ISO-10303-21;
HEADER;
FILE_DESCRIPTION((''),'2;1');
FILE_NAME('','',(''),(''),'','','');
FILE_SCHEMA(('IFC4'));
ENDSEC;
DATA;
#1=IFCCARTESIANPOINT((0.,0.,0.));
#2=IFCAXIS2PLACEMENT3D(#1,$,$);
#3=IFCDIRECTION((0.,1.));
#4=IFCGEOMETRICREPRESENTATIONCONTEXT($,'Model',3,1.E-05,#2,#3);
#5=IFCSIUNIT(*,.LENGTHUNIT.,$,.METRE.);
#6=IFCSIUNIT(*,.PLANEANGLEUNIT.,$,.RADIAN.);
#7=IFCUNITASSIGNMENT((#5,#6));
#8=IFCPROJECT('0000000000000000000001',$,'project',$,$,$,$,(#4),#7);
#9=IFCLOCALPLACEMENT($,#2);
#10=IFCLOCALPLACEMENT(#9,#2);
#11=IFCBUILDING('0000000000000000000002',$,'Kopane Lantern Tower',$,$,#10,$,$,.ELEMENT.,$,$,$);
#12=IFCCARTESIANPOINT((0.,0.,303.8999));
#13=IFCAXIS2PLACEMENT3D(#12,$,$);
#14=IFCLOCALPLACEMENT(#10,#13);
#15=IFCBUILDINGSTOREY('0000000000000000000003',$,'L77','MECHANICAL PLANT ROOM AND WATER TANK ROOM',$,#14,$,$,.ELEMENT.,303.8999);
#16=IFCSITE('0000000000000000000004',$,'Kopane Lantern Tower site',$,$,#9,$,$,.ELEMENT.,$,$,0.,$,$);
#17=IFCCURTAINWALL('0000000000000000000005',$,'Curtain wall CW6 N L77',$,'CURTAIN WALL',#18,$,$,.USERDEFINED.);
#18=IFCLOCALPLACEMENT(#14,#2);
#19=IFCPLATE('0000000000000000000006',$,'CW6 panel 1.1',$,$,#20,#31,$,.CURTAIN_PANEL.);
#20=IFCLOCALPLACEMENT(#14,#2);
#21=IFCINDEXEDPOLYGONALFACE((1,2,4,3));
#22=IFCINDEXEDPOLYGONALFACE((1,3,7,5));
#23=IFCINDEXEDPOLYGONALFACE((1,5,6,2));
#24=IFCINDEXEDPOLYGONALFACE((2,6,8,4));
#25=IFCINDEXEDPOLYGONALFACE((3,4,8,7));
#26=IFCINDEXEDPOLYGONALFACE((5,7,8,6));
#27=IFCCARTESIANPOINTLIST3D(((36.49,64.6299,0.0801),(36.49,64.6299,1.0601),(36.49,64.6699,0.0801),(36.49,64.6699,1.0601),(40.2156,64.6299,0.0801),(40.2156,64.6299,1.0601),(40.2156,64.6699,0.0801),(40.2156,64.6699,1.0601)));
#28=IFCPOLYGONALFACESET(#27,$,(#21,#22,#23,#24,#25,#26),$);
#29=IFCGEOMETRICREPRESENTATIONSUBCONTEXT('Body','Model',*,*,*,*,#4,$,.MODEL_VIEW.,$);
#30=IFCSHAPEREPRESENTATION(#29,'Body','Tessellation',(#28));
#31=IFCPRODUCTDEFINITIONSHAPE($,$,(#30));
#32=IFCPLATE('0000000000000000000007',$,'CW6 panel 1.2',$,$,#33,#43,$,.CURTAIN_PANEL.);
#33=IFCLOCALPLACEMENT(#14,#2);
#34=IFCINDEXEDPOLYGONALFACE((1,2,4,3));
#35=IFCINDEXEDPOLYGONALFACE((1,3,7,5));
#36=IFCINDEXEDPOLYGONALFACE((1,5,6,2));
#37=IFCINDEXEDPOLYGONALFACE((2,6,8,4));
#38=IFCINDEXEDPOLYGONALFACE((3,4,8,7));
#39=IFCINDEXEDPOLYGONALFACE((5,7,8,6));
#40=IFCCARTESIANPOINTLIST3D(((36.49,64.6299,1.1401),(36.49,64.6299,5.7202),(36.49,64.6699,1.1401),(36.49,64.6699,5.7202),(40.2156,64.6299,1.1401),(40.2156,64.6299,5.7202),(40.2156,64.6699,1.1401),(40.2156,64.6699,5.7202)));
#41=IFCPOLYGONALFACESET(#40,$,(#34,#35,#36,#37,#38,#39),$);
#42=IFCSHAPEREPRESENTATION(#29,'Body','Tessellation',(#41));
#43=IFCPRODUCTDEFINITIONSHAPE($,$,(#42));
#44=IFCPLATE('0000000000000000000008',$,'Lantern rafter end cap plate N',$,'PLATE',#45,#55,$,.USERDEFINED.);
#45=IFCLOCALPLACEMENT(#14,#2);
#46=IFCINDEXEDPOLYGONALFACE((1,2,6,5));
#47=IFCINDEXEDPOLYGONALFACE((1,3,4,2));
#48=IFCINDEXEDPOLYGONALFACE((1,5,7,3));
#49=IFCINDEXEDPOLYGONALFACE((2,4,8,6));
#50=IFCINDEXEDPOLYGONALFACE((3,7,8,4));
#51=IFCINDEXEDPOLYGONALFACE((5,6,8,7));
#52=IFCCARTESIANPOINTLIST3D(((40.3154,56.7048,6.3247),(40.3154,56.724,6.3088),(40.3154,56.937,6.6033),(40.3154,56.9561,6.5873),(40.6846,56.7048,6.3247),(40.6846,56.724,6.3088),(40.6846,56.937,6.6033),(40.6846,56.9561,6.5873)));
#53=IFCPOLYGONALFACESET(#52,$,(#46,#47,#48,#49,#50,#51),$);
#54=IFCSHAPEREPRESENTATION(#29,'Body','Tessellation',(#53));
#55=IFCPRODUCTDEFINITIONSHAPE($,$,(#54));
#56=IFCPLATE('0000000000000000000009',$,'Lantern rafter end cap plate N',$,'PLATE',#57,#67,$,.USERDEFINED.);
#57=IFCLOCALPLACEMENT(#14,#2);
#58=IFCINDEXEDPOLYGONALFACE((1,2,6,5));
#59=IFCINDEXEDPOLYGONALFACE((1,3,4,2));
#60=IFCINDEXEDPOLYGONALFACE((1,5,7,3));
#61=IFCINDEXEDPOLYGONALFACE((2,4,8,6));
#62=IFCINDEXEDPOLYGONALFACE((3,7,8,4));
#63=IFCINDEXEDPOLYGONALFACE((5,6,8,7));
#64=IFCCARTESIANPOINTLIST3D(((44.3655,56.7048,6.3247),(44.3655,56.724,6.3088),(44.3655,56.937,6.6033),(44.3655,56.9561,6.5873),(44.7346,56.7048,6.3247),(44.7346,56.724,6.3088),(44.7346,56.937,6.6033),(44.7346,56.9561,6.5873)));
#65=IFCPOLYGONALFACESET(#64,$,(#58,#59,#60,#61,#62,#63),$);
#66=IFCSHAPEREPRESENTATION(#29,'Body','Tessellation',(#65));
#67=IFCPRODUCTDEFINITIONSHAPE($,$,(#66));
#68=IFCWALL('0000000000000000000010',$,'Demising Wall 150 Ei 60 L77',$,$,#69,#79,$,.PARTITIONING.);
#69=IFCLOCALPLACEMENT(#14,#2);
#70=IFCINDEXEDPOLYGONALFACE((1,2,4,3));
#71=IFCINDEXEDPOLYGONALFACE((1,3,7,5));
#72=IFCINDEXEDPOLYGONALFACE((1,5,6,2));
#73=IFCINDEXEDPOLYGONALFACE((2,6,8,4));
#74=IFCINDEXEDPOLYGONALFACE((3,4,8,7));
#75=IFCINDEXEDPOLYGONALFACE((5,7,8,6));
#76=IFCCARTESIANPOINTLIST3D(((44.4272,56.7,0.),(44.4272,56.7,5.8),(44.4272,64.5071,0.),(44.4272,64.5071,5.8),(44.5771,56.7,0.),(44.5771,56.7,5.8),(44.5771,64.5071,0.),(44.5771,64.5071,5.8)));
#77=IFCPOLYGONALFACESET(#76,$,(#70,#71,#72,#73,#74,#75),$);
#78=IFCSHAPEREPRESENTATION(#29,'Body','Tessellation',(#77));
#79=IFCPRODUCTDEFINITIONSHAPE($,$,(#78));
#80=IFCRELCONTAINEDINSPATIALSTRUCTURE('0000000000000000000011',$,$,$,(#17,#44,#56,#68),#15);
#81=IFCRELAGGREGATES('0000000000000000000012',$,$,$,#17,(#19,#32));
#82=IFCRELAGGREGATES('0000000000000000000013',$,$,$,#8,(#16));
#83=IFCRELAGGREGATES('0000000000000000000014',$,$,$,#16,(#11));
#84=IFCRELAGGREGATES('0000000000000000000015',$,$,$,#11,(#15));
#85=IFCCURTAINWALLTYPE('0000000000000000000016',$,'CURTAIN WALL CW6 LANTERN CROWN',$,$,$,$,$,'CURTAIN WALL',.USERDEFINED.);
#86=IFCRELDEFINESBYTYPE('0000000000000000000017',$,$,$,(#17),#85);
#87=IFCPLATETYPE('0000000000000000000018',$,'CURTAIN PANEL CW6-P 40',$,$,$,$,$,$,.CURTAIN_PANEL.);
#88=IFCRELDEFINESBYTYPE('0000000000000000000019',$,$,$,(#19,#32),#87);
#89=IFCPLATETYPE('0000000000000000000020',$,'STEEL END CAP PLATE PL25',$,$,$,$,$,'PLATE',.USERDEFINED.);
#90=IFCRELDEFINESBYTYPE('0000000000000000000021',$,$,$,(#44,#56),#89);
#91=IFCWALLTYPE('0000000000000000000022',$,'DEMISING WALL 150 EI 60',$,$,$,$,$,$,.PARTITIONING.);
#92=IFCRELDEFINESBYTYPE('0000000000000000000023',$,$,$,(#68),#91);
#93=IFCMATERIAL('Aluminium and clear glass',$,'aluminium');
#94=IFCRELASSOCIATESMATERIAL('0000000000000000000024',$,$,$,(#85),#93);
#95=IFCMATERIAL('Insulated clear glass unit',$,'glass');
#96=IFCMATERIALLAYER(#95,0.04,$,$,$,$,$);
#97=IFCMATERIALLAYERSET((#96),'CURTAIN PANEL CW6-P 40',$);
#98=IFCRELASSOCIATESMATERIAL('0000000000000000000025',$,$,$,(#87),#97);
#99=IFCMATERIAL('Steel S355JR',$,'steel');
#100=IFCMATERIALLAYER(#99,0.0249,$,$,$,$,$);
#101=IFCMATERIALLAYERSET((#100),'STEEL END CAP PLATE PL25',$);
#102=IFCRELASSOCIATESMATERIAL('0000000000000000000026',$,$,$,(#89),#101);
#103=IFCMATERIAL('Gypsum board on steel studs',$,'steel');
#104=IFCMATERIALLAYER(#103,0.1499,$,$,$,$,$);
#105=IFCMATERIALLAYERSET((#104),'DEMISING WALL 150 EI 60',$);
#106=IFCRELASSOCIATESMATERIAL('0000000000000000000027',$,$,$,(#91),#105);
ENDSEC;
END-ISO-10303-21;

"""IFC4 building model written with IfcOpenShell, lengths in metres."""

from ifc_helpers import new_model, si_unit, direction, frame, frame_2d, origin, origin_2d, place, context, subcontext, project, spatial, polyline, rectangle, outline, extrude, material, layer, layer_set, type_object, element, aggregate, save


model = new_model("IFC4")

# Units and contexts
model_context = context("Model", 3, precision=1e-05, world=origin(), true_north=direction((0.0, 1.0)))
body_context = subcontext(model_context, "Body", "Model", "MODEL_VIEW")
ifc_project = project(units=[si_unit("LENGTHUNIT", "METRE"), si_unit("PLANEANGLEUNIT", "RADIAN")], contexts=[model_context])

# Site, building, storey
site_placement = place(None, origin())
site = spatial("IfcSite", under=ifc_project, at=site_placement, Name="Kopane Lantern Tower site", CompositionType="ELEMENT", RefElevation=0.0)
building_placement = place(site_placement, origin())
building = spatial("IfcBuilding", under=site, at=building_placement, Name="Kopane Lantern Tower", CompositionType="ELEMENT")
storey_placement = place(building_placement, frame((0.0, 0.0, 303.8999)))
storey = spatial("IfcBuildingStorey", under=building, at=storey_placement, Name="L77", Description="MECHANICAL PLANT ROOM AND WATER TANK ROOM", CompositionType="ELEMENT", Elevation=303.8999)

# Curtain wall
ifc_material_1 = material(Name="Aluminium and clear glass", Category="aluminium")
curtain_wall_type = type_object("IfcCurtainWallType", Name="CURTAIN WALL CW6 LANTERN CROWN", ElementType="CURTAIN WALL", PredefinedType="USERDEFINED", material=ifc_material_1)
curtain_wall_1_placement = place(storey_placement, origin())
curtain_wall_1 = element("IfcCurtainWall", 1, at=curtain_wall_1_placement, inside=storey, type_object=curtain_wall_type, Name="Curtain wall CW6 N L77", ObjectType="CURTAIN WALL", PredefinedType="USERDEFINED")

# Plates
ifc_material_2 = material(Name="Insulated clear glass unit", Category="glass")
ifc_layer_1 = layer(ifc_material_2, 0.04)
ifc_layer_set_1 = layer_set([ifc_layer_1], Name="CURTAIN PANEL CW6-P 40")
plate_type_1 = type_object("IfcPlateType", Name="CURTAIN PANEL CW6-P 40", PredefinedType="CURTAIN_PANEL", material=ifc_layer_set_1)
plate_1_placement = place(storey_placement, frame((38.3528, 64.6499, 0.0801), z_axis=(0.0, 0.0, 1.0), x_axis=(-1.0, 0.0, 0.0)))
plate_1 = element("IfcPlate", 2, at=plate_1_placement, type_object=plate_type_1, Name="CW6 panel 1.1", PredefinedType="CURTAIN_PANEL", context=body_context, shape_type="SweptSolid", body=[
    extrude(rectangle(XDim=3.7256, YDim=0.04, at=origin_2d()), origin(), (0.0, 0.0, 1.0), 0.98),
])
plate_2_placement = place(storey_placement, frame((38.3528, 64.6499, 1.1401), z_axis=(0.0, 0.0, 1.0), x_axis=(-1.0, 0.0, 0.0)))
plate_2 = element("IfcPlate", 3, at=plate_2_placement, type_object=plate_type_1, Name="CW6 panel 1.2", PredefinedType="CURTAIN_PANEL", context=body_context, shape_type="SweptSolid", body=[
    extrude(rectangle(XDim=3.7256, YDim=0.04, at=origin_2d()), origin(), (0.0, 0.0, 1.0), 4.5801),
])
aggregate(curtain_wall_1, [plate_1, plate_2])

# Plates
ifc_material_3 = material(Name="Steel S355JR", Category="steel")
ifc_layer_2 = layer(ifc_material_3, 0.0249)
ifc_layer_set_2 = layer_set([ifc_layer_2], Name="STEEL END CAP PLATE PL25")
plate_type_2 = type_object("IfcPlateType", Name="STEEL END CAP PLATE PL25", ElementType="PLATE", PredefinedType="USERDEFINED", material=ifc_layer_set_2)
for number, where, z_axis, x_axis, name in (
    (4, (40.3154, 56.7048, 6.3247), (0.0, -0.768166, 0.640251), (1.0, 0.0, 0.0), "Lantern rafter end cap plate N"),
    (5, (44.3655, 56.7048, 6.3247), (0.0, -0.768166, 0.640251), (1.0, 0.0, 0.0), "Lantern rafter end cap plate N"),
):
    element("IfcPlate", number, at=place(storey_placement, frame(where, z_axis=z_axis, x_axis=x_axis)), inside=storey, type_object=plate_type_2, Name=name, ObjectType="PLATE", PredefinedType="USERDEFINED", context=body_context, shape_type="SweptSolid", body=[
        extrude(outline(polyline([(0.0, 0.0), (0.3691, 0.0), (0.3691, 0.3626), (0.0, 0.3626), (0.0, 0.0)])), origin(), (0.0, 0.0, -1.0), 0.0249),
    ])

# Wall
ifc_material_4 = material(Name="Gypsum board on steel studs", Category="steel")
ifc_layer_3 = layer(ifc_material_4, 0.1499)
ifc_layer_set_3 = layer_set([ifc_layer_3], Name="DEMISING WALL 150 EI 60")
wall_type = type_object("IfcWallType", Name="DEMISING WALL 150 EI 60", PredefinedType="PARTITIONING", material=ifc_layer_set_3)
wall_placement = place(storey_placement, frame((44.5022, 56.7, 0.0), z_axis=(0.0, 0.0, 1.0), x_axis=(0.0, 1.0, 0.0)))
element("IfcWall", 6, at=wall_placement, inside=storey, type_object=wall_type, Name="Demising Wall 150 Ei 60 L77", PredefinedType="PARTITIONING", context=body_context, shape_type="SweptSolid", body=[
    extrude(rectangle(XDim=7.8071, YDim=0.1499, at=frame_2d((3.9036, 0.0))), origin(), (0.0, 0.0, 1.0), 5.8),
])

save(model, "model.ifc")
